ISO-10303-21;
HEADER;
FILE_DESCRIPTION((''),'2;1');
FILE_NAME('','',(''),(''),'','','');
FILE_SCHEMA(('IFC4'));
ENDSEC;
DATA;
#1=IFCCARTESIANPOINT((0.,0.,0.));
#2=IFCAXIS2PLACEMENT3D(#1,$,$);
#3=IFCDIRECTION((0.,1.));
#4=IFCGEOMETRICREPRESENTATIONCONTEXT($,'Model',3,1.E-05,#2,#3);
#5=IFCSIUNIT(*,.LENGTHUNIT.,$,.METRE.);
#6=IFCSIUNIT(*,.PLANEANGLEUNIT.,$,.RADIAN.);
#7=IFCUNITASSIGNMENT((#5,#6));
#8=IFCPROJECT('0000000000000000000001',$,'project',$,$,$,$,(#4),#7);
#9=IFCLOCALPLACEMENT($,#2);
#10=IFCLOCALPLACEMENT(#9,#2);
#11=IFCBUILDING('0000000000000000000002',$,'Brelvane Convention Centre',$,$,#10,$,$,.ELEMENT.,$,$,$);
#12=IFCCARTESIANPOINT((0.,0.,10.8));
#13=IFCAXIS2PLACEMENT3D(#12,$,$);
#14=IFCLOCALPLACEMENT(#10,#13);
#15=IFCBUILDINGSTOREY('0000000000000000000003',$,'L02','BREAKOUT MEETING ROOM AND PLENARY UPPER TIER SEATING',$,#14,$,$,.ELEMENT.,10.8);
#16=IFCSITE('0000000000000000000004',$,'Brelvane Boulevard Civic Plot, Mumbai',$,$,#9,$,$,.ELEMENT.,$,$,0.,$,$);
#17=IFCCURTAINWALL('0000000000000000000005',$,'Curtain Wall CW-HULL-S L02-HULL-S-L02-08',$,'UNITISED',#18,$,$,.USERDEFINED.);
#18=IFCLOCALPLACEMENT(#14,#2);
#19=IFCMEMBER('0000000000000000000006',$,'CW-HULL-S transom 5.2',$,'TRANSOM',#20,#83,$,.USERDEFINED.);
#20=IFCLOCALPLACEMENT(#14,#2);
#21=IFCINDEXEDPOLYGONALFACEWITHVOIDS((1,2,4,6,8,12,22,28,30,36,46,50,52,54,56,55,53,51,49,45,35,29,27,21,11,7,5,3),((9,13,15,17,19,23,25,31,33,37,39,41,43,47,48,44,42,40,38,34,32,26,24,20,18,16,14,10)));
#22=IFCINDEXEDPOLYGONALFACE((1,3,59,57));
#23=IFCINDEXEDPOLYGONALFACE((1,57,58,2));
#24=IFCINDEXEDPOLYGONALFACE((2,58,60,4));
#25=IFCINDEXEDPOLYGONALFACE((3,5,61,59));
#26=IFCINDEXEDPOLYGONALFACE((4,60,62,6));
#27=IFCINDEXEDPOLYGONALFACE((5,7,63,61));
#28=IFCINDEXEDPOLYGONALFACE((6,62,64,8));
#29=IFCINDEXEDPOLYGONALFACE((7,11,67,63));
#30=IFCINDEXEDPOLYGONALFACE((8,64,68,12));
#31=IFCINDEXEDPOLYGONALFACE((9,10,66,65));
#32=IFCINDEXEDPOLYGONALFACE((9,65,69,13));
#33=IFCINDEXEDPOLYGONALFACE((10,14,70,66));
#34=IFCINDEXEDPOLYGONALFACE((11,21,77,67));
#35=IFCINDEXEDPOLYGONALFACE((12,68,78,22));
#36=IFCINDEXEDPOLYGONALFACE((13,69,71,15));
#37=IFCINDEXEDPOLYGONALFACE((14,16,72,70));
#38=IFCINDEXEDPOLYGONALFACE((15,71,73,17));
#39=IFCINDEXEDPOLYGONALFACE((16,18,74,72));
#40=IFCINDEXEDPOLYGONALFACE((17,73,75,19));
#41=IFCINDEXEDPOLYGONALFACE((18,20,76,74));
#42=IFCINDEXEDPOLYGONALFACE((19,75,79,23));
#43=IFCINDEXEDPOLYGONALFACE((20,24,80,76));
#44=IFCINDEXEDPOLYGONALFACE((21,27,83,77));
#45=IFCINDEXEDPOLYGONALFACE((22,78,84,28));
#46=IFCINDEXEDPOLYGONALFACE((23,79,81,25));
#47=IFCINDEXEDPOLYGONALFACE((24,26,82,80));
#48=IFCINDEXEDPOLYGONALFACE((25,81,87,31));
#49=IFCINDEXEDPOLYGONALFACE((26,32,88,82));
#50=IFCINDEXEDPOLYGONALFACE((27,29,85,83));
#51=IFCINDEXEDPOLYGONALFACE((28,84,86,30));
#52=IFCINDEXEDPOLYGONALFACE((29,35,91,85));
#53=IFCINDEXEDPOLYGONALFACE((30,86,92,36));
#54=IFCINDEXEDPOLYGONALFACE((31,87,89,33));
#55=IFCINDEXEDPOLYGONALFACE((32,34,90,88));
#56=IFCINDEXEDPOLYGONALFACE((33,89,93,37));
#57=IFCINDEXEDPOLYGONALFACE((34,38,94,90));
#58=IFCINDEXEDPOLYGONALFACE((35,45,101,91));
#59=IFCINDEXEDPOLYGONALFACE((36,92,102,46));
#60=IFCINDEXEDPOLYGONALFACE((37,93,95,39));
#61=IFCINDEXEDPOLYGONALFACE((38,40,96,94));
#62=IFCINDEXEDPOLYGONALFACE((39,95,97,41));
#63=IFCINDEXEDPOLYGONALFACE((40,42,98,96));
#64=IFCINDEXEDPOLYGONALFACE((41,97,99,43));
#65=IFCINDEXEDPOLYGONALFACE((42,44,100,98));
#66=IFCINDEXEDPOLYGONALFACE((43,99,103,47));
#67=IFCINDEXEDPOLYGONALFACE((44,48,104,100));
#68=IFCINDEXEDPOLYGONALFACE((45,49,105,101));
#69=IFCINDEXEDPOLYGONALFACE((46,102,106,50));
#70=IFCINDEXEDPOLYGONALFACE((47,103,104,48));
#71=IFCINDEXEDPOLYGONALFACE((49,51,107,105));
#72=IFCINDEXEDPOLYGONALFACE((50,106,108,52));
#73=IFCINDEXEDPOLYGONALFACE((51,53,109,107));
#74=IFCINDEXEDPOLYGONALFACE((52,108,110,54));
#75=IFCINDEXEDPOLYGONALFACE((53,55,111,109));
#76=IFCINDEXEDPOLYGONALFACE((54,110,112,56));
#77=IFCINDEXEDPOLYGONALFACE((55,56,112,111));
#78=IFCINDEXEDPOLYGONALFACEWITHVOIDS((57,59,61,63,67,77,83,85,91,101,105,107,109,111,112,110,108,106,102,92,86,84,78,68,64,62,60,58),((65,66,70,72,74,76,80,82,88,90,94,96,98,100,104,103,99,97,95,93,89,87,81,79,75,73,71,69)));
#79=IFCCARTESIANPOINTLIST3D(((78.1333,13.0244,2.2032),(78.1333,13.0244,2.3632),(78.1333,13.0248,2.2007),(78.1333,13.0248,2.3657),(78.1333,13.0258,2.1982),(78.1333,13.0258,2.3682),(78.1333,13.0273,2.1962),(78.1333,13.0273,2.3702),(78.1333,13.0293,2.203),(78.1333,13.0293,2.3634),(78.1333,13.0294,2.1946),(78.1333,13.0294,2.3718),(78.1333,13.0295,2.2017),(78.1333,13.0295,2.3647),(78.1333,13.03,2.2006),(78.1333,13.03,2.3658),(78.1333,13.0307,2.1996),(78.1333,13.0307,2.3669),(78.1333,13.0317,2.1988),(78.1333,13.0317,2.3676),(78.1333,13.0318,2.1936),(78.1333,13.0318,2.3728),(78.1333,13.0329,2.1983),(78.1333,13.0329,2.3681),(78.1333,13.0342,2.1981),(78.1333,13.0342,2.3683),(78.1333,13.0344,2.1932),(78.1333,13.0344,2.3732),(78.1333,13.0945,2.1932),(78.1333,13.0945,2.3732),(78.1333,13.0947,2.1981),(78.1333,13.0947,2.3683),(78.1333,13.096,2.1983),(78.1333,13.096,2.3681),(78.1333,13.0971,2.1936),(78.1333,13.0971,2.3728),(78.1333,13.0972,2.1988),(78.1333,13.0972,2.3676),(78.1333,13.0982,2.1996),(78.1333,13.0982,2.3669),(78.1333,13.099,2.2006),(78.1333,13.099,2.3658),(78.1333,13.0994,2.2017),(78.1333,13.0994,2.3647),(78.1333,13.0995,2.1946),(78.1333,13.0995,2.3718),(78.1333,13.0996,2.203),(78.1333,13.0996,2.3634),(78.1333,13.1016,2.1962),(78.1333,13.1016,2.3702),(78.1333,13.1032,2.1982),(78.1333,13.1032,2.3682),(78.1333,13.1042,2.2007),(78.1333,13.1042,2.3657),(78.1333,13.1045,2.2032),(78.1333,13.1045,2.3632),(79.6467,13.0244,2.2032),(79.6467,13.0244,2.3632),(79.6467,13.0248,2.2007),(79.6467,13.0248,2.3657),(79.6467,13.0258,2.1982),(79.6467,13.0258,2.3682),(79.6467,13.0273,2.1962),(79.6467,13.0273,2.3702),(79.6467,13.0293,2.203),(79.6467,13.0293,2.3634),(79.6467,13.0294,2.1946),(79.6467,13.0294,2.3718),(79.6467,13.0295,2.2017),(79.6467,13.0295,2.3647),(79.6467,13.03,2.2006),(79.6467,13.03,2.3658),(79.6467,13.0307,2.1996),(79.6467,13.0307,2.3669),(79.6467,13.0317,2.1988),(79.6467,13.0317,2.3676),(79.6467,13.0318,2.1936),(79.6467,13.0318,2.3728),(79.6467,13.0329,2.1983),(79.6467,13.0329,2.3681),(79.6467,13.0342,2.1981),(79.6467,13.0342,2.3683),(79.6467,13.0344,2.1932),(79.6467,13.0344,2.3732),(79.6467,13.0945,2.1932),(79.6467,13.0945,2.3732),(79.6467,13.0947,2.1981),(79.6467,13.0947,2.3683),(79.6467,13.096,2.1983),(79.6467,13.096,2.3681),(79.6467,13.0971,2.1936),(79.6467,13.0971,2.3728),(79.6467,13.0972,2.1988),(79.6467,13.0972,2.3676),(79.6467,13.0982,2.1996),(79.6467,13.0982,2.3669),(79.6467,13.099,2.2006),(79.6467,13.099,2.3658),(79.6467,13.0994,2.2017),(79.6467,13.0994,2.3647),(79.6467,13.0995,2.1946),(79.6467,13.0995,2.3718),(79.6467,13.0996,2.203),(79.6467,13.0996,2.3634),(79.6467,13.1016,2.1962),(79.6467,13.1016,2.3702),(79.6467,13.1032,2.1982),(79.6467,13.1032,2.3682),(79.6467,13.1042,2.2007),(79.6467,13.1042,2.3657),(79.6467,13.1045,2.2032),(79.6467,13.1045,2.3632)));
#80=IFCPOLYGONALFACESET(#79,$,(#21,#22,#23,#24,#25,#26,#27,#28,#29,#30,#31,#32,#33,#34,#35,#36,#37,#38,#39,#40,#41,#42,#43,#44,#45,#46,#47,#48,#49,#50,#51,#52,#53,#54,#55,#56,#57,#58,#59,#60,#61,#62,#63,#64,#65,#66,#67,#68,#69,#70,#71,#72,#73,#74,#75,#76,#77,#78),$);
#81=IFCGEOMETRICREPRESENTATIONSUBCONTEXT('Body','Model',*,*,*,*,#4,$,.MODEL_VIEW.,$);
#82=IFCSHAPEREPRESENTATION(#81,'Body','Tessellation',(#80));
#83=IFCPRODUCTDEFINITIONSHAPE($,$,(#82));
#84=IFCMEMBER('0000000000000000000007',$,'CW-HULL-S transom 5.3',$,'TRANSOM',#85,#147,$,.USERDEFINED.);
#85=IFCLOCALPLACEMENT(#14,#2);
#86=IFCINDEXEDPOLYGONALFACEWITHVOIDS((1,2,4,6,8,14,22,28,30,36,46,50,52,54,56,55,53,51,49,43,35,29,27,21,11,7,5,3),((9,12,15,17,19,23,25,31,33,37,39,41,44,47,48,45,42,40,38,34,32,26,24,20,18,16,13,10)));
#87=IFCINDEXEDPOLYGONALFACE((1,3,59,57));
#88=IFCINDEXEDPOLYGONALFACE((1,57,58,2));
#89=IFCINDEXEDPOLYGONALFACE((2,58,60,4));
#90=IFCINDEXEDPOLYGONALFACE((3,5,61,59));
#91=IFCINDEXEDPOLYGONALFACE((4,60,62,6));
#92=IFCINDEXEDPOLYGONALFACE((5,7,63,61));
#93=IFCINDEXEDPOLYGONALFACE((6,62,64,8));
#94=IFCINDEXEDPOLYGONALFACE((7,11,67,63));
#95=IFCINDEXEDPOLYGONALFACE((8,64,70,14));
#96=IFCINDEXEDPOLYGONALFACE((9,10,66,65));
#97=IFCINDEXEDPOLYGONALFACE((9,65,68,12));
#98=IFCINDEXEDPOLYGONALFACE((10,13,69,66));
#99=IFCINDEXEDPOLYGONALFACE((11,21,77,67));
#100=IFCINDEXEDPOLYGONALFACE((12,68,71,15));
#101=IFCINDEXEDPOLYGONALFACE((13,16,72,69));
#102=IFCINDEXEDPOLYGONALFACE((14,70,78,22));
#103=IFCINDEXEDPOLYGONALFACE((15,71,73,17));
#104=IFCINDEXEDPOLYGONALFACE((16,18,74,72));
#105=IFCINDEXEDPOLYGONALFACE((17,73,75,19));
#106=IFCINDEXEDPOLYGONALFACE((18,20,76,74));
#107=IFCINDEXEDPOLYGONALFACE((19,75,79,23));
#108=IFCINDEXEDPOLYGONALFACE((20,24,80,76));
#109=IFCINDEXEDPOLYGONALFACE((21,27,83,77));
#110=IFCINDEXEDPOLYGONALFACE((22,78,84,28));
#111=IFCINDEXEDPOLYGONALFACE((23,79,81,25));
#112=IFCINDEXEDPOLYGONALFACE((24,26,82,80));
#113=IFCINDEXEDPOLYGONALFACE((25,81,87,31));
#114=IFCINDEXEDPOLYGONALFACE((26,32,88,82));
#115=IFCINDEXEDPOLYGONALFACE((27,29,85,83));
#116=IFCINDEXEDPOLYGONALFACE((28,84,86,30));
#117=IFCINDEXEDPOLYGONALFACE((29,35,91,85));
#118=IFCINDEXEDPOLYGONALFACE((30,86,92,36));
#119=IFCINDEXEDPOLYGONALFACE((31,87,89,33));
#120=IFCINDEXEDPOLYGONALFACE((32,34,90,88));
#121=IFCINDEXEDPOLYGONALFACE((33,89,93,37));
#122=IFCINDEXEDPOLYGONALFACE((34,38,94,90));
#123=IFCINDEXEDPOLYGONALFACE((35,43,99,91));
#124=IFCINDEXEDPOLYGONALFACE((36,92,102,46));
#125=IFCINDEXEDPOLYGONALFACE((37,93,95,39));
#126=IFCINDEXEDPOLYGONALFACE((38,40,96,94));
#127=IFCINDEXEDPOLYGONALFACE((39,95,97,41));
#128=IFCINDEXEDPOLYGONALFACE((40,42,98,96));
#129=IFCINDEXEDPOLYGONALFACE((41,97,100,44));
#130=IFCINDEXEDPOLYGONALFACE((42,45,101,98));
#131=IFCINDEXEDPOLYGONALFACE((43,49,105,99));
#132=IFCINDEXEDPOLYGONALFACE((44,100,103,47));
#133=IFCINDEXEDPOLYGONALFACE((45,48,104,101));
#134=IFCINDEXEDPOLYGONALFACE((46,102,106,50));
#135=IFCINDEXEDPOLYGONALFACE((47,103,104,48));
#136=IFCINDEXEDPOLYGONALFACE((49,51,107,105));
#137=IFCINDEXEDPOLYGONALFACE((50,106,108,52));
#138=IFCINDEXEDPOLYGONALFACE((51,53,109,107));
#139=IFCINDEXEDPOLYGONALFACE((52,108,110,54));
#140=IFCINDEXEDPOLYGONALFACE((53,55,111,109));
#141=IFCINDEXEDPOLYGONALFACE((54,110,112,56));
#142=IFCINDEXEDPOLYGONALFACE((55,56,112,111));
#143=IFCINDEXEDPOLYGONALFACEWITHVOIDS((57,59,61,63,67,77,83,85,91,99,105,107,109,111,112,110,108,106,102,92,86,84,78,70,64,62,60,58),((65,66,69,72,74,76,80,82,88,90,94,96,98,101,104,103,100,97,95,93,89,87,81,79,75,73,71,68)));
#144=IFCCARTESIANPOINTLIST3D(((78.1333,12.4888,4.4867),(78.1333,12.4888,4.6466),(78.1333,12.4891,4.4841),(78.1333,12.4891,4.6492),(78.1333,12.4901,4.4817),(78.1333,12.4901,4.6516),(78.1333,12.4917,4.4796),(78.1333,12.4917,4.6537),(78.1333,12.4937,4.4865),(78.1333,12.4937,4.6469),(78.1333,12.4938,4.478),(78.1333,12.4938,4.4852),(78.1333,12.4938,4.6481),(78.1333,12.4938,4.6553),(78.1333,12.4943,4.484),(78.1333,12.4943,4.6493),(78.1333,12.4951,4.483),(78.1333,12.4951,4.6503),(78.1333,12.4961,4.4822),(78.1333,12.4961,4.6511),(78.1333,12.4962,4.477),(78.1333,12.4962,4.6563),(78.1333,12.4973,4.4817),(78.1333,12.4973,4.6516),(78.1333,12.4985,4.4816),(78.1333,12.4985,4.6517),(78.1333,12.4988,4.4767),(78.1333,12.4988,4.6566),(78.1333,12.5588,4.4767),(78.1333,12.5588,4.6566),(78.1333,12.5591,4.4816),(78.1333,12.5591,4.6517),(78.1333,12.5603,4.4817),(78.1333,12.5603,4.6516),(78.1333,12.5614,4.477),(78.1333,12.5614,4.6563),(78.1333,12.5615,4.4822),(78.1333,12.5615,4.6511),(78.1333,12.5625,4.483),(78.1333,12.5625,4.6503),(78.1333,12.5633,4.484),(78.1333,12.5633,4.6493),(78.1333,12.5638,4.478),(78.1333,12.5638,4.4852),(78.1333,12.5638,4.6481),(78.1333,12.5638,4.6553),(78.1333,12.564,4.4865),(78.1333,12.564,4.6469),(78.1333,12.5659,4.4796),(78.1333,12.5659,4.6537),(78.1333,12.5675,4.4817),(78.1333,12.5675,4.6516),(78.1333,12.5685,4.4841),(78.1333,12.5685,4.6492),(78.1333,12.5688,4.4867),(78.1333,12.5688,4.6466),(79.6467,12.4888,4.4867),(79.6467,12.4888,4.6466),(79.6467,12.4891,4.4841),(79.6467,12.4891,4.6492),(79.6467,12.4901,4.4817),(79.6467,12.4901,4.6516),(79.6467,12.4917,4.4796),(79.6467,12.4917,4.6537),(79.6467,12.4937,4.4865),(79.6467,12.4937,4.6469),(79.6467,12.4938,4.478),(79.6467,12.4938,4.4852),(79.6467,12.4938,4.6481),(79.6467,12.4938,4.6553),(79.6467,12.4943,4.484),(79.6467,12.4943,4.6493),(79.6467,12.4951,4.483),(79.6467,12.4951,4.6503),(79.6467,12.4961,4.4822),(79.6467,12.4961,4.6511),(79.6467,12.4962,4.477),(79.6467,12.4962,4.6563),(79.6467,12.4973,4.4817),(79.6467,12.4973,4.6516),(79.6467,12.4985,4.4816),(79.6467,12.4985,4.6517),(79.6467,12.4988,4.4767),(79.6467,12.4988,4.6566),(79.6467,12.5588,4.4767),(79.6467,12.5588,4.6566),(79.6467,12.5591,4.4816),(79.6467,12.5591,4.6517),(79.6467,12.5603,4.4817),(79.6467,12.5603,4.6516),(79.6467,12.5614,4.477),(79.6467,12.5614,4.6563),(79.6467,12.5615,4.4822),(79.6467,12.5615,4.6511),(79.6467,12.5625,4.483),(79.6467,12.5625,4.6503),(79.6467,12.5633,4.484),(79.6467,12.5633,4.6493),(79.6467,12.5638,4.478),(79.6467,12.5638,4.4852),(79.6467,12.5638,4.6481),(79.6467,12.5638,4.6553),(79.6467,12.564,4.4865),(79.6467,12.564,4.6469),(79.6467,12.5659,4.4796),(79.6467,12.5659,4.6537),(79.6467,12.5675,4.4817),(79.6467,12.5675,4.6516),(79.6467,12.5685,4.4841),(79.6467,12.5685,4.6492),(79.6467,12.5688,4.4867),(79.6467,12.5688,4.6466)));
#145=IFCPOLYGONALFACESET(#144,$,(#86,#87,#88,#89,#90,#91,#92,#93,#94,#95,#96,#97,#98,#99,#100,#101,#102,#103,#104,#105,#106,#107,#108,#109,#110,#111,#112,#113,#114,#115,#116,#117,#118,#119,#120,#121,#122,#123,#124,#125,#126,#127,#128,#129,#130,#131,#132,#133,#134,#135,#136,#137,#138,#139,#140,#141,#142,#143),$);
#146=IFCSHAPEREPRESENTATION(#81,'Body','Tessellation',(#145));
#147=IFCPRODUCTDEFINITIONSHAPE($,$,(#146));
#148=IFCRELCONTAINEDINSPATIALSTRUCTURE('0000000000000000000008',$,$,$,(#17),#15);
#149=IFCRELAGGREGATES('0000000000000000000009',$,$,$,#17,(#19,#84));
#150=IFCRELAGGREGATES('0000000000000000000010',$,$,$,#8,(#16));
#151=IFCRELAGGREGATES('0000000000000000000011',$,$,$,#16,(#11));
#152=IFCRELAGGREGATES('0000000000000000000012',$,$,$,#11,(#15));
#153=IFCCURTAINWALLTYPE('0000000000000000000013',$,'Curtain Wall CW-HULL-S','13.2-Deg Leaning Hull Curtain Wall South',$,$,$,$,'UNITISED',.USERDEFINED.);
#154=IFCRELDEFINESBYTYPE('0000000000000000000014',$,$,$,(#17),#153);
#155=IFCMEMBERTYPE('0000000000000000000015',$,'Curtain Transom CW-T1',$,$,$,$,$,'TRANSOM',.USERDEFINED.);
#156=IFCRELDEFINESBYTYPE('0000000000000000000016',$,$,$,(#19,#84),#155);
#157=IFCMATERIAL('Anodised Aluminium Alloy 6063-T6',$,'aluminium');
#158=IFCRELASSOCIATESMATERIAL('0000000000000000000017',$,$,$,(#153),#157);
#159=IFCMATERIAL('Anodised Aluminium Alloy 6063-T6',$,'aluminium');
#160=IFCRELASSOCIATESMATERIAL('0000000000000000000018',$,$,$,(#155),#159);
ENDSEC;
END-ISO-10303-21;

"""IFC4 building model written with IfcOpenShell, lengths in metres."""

from ifc_helpers import new_model, si_unit, direction, frame, origin, origin_2d, place, context, subcontext, project, spatial, hollow_rectangle, extrude, material, material_profile, profile_set, type_object, element, aggregate, save


model = new_model("IFC4")

# Units and contexts
model_context = context("Model", 3, precision=1e-05, world=origin(), true_north=direction((0.0, 1.0)))
body_context = subcontext(model_context, "Body", "Model", "MODEL_VIEW")
ifc_project = project(units=[si_unit("LENGTHUNIT", "METRE"), si_unit("PLANEANGLEUNIT", "RADIAN")], contexts=[model_context])

# Site, building, storey
site_placement = place(None, origin())
site = spatial("IfcSite", under=ifc_project, at=site_placement, Name="Brelvane Boulevard Civic Plot, Mumbai", CompositionType="ELEMENT", RefElevation=0.0)
building_placement = place(site_placement, origin())
building = spatial("IfcBuilding", under=site, at=building_placement, Name="Brelvane Convention Centre", CompositionType="ELEMENT")
storey_placement = place(building_placement, frame((0.0, 0.0, 10.8)))
storey = spatial("IfcBuildingStorey", under=building, at=storey_placement, Name="L02", Description="BREAKOUT MEETING ROOM AND PLENARY UPPER TIER SEATING", CompositionType="ELEMENT", Elevation=10.8)

# Curtain wall, members
ifc_material_1 = material(Name="Anodised Aluminium Alloy 6063-T6", Category="aluminium")
curtain_wall_type = type_object("IfcCurtainWallType", Name="Curtain Wall CW-HULL-S", Description="13.2-Deg Leaning Hull Curtain Wall South", ElementType="UNITISED", PredefinedType="USERDEFINED", material=ifc_material_1)
curtain_wall_1_placement = place(storey_placement, origin())
curtain_wall_1 = element("IfcCurtainWall", 1, at=curtain_wall_1_placement, inside=storey, type_object=curtain_wall_type, Name="Curtain Wall CW-HULL-S L02-HULL-S-L02-08", ObjectType="UNITISED", PredefinedType="USERDEFINED")
ifc_material_2 = material(Name="Anodised Aluminium Alloy 6063-T6", Category="aluminium")
ifc_material_profile = material_profile(ifc_material_2, hollow_rectangle(XDim=0.0801, YDim=0.1799, WallThickness=0.0049, InnerFilletRadius=0.0049, OuterFilletRadius=0.01, at=origin_2d()), Name="ALU-T 180x80x5.0")
ifc_profile_set = profile_set([ifc_material_profile], Name="Anodised Aluminium Alloy 6063-T6")
member_type = type_object("IfcMemberType", Name="Curtain Transom CW-T1", ElementType="TRANSOM", PredefinedType="USERDEFINED", material=ifc_profile_set)
member_1_placement = place(storey_placement, frame((78.1333, 13.0645, 2.2832), z_axis=(1.0, 0.0, 0.0), x_axis=(0.0, 1.0, 0.0)))
member_1 = element("IfcMember", 2, at=member_1_placement, type_object=member_type, Name="CW-HULL-S transom 5.2", ObjectType="TRANSOM", PredefinedType="USERDEFINED", context=body_context, shape_type="SweptSolid", body=[
    extrude(hollow_rectangle(XDim=0.0801, YDim=0.1799, WallThickness=0.0049, InnerFilletRadius=0.0049, OuterFilletRadius=0.01, at=origin_2d()), origin(), (0.0, 0.0, 1.0), 1.5134),
])
member_2_placement = place(storey_placement, frame((78.1333, 12.5288, 4.5667), z_axis=(1.0, 0.0, 0.0), x_axis=(0.0, 1.0, 0.0)))
member_2 = element("IfcMember", 3, at=member_2_placement, type_object=member_type, Name="CW-HULL-S transom 5.3", ObjectType="TRANSOM", PredefinedType="USERDEFINED", context=body_context, shape_type="SweptSolid", body=[
    extrude(hollow_rectangle(XDim=0.0801, YDim=0.1799, WallThickness=0.0049, InnerFilletRadius=0.0049, OuterFilletRadius=0.01, at=origin_2d()), origin(), (0.0, 0.0, 1.0), 1.5134),
])

aggregate(curtain_wall_1, [member_1, member_2])

save(model, "model.ifc")
